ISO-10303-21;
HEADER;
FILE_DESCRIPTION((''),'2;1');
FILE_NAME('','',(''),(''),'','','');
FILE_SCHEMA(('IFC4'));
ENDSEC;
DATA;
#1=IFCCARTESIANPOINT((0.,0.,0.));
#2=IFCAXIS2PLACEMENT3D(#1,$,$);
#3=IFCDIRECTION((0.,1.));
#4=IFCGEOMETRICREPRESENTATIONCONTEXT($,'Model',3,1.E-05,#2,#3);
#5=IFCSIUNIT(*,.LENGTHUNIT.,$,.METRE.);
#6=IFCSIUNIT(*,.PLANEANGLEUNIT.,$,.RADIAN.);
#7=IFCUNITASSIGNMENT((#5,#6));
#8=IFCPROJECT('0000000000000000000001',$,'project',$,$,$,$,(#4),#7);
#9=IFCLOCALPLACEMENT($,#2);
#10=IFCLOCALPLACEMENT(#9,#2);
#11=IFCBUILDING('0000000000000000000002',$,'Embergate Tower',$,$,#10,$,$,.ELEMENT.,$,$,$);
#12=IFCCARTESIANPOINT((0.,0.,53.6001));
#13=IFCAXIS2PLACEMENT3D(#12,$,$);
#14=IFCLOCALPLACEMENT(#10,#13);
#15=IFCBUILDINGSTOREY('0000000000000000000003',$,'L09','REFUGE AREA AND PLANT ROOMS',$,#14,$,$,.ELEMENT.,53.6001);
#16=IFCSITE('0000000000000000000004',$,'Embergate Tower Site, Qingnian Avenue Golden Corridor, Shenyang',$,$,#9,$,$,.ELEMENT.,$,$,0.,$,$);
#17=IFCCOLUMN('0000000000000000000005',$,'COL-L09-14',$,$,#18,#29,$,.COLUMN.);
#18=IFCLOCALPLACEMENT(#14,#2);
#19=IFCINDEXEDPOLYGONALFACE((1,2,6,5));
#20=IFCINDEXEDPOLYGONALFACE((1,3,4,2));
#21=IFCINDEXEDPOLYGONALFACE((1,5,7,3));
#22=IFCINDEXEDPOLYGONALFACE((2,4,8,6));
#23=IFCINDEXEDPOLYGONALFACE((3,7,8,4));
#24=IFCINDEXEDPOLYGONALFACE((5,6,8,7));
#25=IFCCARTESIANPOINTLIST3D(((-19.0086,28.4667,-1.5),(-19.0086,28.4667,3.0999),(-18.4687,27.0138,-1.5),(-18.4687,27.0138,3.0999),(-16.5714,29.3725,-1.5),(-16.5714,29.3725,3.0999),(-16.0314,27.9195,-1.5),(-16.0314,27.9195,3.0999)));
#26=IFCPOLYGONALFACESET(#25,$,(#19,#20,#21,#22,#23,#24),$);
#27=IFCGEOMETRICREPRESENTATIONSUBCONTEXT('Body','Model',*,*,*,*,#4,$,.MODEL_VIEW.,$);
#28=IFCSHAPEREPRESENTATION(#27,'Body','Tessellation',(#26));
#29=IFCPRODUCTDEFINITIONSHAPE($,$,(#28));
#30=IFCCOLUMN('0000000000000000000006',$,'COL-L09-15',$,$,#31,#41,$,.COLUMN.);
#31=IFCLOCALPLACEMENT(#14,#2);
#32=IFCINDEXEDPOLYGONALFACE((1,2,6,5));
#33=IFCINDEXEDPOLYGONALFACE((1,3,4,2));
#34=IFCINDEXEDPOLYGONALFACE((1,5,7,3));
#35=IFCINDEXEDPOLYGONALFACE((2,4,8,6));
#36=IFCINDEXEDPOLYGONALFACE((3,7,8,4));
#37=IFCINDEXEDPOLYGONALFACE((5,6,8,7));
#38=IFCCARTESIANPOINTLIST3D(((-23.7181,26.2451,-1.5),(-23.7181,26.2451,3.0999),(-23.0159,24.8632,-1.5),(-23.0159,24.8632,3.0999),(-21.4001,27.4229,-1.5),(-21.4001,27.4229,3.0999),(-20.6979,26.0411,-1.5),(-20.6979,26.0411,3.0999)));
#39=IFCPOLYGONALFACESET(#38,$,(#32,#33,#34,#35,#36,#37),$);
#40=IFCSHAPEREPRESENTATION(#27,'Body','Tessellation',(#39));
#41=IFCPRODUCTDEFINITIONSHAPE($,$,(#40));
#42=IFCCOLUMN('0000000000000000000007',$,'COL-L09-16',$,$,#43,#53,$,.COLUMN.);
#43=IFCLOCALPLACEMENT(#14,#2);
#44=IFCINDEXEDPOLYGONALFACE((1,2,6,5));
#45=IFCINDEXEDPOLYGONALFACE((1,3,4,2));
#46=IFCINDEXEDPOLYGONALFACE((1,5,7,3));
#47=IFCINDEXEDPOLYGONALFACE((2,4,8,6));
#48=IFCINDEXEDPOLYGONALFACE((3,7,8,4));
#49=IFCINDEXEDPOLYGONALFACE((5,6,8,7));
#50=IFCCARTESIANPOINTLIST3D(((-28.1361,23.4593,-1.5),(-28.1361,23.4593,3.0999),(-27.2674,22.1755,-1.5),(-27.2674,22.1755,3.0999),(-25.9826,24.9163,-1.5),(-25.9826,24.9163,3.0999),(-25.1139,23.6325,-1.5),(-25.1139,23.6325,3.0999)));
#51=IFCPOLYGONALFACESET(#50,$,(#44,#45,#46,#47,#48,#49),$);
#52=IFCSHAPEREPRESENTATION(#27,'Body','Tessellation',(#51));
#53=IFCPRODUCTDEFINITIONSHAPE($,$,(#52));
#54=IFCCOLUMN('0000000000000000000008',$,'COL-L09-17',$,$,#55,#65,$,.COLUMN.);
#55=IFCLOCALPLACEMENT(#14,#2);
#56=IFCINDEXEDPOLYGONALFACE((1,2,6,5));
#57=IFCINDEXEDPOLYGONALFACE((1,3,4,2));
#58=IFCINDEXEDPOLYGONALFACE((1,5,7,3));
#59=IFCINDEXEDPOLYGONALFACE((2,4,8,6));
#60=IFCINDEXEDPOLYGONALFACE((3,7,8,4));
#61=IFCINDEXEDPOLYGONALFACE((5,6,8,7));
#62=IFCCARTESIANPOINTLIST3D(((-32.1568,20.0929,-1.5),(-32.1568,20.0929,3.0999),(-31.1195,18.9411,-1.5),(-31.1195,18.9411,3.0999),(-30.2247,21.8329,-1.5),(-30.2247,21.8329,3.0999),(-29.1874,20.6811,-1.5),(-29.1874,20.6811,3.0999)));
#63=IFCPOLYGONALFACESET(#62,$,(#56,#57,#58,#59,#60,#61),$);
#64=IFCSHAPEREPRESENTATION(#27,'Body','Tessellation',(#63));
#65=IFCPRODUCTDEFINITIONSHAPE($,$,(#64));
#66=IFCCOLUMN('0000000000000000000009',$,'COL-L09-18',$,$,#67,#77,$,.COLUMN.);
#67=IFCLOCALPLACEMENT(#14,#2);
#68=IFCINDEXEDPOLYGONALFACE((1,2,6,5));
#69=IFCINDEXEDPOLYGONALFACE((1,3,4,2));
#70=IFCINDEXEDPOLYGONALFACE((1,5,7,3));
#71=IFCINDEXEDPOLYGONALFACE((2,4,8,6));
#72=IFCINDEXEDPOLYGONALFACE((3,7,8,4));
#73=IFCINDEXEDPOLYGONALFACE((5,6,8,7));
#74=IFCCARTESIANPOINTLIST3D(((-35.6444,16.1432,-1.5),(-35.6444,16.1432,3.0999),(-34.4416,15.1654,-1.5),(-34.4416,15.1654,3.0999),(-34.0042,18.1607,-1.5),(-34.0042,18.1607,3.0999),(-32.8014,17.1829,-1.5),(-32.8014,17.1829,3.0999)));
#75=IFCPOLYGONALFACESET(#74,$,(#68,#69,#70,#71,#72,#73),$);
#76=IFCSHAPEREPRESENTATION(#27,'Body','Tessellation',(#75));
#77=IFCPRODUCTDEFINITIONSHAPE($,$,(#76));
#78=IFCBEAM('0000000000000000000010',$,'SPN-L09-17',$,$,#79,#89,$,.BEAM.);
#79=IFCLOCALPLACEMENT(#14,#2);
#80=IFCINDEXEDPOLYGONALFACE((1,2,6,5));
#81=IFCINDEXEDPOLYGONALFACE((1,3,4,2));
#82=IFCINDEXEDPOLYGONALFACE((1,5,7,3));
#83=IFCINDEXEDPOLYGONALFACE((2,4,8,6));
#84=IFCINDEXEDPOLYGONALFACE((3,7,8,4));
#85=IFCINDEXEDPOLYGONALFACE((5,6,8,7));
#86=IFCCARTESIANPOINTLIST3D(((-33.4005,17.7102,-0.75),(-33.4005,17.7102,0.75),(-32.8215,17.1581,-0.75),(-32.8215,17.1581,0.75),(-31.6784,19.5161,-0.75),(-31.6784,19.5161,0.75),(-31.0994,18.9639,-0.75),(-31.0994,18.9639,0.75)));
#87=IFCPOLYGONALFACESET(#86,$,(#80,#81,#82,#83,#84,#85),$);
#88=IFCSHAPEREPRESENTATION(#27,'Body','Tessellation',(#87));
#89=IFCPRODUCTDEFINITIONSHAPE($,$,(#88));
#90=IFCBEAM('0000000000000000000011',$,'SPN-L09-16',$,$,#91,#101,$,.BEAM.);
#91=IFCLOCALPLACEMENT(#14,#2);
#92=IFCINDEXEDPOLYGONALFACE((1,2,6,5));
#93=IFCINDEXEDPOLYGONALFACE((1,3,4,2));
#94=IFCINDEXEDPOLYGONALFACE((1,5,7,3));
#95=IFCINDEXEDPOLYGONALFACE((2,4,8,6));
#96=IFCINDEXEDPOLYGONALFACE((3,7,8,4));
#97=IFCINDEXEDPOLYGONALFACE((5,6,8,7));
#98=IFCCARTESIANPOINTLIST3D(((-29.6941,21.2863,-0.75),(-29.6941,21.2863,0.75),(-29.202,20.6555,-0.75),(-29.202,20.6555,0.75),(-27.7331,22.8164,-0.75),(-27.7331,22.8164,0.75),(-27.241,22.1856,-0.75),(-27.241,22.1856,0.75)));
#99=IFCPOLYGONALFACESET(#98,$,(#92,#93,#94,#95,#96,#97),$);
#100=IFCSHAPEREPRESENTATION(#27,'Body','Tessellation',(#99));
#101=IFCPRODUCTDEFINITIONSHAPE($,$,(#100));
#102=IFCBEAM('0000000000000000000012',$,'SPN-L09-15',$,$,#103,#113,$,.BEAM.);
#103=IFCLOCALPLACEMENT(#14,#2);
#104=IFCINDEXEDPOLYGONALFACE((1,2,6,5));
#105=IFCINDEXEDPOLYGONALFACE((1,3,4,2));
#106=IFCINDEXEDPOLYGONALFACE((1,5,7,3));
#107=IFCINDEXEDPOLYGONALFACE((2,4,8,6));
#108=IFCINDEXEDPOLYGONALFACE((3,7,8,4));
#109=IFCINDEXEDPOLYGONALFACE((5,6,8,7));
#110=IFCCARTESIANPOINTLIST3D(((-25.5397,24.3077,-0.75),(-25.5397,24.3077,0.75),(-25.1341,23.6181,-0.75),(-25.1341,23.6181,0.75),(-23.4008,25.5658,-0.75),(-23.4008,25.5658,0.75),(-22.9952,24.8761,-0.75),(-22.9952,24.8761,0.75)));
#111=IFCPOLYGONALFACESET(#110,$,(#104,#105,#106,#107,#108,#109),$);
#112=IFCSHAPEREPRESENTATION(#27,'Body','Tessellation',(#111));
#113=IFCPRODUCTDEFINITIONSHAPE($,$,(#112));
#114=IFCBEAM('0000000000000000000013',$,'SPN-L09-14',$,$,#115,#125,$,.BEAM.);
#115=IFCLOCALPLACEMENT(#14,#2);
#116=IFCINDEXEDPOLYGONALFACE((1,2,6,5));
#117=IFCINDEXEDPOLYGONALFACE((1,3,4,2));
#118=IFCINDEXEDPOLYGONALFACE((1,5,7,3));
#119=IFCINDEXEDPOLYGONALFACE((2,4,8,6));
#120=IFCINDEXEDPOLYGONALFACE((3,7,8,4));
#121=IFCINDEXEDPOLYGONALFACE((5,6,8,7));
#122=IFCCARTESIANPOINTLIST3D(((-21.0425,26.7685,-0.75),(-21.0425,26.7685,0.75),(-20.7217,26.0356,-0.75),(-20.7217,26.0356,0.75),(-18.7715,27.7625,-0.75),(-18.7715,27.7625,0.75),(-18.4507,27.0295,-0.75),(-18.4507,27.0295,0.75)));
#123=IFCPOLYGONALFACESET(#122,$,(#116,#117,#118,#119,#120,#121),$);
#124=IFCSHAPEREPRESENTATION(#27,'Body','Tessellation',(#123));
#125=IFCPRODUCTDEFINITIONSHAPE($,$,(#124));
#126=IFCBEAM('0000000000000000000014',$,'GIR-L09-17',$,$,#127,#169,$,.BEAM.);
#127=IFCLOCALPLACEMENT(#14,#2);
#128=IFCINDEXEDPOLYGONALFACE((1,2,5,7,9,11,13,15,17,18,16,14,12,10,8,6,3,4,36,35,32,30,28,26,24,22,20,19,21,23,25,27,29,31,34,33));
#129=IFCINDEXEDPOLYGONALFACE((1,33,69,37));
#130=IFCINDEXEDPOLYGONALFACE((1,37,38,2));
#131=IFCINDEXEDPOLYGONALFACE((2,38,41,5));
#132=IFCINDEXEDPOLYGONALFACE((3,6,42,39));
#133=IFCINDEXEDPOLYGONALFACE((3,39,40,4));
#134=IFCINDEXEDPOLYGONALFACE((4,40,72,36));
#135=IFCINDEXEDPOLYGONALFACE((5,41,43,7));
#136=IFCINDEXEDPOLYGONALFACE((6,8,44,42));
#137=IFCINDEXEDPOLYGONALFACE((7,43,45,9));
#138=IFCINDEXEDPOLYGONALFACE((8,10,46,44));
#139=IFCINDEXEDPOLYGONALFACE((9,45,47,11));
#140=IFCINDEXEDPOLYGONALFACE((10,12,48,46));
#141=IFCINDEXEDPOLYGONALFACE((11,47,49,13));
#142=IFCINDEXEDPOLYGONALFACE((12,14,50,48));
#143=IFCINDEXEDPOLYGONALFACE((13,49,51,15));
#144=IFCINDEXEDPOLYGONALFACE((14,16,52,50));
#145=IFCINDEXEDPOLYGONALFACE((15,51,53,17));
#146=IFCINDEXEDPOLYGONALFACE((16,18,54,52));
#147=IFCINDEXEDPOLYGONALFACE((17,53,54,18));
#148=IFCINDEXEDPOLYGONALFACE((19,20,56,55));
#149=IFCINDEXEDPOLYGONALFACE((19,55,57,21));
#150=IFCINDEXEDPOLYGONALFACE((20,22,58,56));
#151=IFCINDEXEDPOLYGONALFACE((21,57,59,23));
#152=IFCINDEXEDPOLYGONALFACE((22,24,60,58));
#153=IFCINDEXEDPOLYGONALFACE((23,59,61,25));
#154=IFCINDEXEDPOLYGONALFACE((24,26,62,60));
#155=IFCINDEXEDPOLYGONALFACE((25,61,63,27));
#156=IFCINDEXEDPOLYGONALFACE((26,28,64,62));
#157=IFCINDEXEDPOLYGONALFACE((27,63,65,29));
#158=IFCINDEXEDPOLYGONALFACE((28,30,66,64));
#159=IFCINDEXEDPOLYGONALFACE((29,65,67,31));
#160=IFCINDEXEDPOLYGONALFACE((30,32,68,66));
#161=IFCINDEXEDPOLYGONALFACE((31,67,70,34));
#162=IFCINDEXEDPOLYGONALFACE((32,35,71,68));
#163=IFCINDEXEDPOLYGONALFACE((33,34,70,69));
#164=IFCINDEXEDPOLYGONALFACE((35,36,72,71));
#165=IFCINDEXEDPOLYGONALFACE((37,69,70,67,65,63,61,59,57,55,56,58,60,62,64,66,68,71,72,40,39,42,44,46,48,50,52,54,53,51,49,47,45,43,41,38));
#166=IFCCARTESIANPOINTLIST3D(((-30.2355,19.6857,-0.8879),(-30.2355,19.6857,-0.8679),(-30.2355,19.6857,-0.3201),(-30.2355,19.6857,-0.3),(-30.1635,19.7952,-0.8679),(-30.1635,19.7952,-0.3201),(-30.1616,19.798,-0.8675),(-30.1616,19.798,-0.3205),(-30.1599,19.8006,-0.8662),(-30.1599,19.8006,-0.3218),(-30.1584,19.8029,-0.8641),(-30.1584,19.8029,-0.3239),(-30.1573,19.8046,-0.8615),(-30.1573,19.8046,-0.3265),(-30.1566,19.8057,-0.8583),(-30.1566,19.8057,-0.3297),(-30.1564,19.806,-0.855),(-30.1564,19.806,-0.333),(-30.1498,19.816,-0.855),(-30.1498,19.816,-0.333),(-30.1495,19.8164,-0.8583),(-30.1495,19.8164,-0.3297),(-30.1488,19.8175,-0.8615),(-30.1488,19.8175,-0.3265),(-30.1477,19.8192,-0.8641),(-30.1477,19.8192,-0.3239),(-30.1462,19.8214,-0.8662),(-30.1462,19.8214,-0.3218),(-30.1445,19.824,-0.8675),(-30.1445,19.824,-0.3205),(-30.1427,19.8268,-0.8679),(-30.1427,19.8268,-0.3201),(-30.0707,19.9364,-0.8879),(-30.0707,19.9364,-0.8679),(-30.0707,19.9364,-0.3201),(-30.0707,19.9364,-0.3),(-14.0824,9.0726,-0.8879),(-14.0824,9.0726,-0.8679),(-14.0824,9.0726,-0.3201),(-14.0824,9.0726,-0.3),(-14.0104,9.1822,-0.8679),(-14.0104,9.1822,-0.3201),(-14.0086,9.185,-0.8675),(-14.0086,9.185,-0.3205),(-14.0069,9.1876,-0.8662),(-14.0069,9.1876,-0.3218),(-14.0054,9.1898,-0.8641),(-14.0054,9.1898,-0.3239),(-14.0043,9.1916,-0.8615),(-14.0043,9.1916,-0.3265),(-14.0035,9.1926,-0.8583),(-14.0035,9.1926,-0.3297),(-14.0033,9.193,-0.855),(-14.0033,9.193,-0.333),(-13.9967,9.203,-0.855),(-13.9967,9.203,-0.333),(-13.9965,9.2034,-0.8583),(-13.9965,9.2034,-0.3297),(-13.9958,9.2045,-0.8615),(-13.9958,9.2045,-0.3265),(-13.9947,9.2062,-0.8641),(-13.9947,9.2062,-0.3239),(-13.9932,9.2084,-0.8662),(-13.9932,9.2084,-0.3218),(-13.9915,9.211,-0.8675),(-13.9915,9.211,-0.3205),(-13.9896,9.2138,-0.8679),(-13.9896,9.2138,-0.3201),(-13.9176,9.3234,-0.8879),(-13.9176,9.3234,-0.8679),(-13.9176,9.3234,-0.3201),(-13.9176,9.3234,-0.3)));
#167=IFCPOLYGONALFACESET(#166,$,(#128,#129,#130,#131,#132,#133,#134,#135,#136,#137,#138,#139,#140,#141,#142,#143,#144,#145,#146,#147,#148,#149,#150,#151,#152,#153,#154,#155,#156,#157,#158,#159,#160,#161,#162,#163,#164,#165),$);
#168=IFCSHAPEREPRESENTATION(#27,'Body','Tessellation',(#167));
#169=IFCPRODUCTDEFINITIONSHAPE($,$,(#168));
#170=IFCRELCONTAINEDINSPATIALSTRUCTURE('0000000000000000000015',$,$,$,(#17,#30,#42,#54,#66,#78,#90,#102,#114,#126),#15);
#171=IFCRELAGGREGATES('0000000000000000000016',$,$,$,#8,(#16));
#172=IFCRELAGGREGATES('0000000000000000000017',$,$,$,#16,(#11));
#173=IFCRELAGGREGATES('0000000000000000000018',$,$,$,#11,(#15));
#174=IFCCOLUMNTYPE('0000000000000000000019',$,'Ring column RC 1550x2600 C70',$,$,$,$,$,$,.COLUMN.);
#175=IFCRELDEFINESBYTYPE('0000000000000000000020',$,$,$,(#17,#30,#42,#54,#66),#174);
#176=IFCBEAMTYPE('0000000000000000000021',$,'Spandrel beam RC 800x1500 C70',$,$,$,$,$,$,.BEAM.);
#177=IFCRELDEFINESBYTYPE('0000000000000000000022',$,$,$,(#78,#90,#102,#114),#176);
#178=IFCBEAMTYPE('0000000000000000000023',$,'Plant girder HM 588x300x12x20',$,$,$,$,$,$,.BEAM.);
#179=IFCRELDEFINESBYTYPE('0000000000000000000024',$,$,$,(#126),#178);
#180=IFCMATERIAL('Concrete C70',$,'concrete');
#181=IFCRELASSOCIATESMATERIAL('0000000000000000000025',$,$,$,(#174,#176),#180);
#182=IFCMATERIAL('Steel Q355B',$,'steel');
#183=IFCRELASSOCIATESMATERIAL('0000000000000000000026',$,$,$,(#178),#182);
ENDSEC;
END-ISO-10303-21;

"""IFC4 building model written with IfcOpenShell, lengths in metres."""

from ifc_helpers import new_model, si_unit, direction, frame, origin, origin_2d, place, context, subcontext, project, spatial, rectangle, i_section, extrude, source, transform, mapped, material, material_profile, profile_set, type_object, element, save


model = new_model("IFC4")

# Units and contexts
model_context = context("Model", 3, precision=1e-05, world=origin(), true_north=direction((0.0, 1.0)))
body_context = subcontext(model_context, "Body", "Model", "MODEL_VIEW")
ifc_project = project(units=[si_unit("LENGTHUNIT", "METRE"), si_unit("PLANEANGLEUNIT", "RADIAN")], contexts=[model_context])

# Site, building, storey
site_placement = place(None, origin())
site = spatial("IfcSite", under=ifc_project, at=site_placement, Name="Embergate Tower Site, Qingnian Avenue Golden Corridor, Shenyang", CompositionType="ELEMENT", RefElevation=0.0)
building_placement = place(site_placement, origin())
building = spatial("IfcBuilding", under=site, at=building_placement, Name="Embergate Tower", CompositionType="ELEMENT")
storey_placement = place(building_placement, frame((0.0, 0.0, 53.6001)))
storey = spatial("IfcBuildingStorey", under=building, at=storey_placement, Name="L09", Description="REFUGE AREA AND PLANT ROOMS", CompositionType="ELEMENT", Elevation=53.6001)

# Columns
ifc_material_1 = material(Name="Concrete C70", Category="concrete")
ifc_material_profile_1 = material_profile(ifc_material_1, rectangle(XDim=1.55, YDim=2.6001, at=origin_2d()), Name="RC 1550x2600")
ifc_profile_set_1 = profile_set([ifc_material_profile_1], Name="Concrete C70")
column_type = type_object("IfcColumnType", Name="Ring column RC 1550x2600 C70", PredefinedType="COLUMN", material=ifc_profile_set_1)
shared_shape_1 = source(origin(), body_context, "Body", "SweptSolid", [
    extrude(rectangle(XDim=1.55, YDim=2.6001, at=origin_2d()), origin(), (0.0, 0.0, 1.0), 4.5999),
])
for number, where, z_axis, x_axis, name in (
    (1, (-17.52, 28.1931, -1.5), (0.0, 0.0, 1.0), (-0.348343, 0.937367, 0.0), "COL-L09-14"),
    (2, (-22.208, 26.1431, -1.5), (0.0, 0.0, 1.0), (-0.453011, 0.891505, 0.0), "COL-L09-15"),
    (3, (-26.625, 23.5459, -1.5), (0.0, 0.0, 1.0), (-0.560393, 0.828227, 0.0), "COL-L09-16"),
    (4, (-30.6721, 20.387, -1.5), (0.0, 0.0, 1.0), (-0.669208, 0.743075, 0.0), "COL-L09-17"),
    (5, (-34.2229, 16.6631, -1.5), (0.0, 0.0, 1.0), (-0.775925, 0.630825, 0.0), "COL-L09-18"),
):
    element("IfcColumn", number, at=place(storey_placement, frame(where, z_axis=z_axis, x_axis=x_axis)), inside=storey, type_object=column_type, Name=name, PredefinedType="COLUMN", context=body_context, shape_type="MappedRepresentation", body=[
        mapped(shared_shape_1, transform((0.0, 0.0, 0.0))),
    ])

# Beams
ifc_material_profile_2 = material_profile(ifc_material_1, rectangle(XDim=0.8, YDim=1.5, at=origin_2d()), Name="RC 800x1500")
ifc_profile_set_2 = profile_set([ifc_material_profile_2], Name="Concrete C70")
beam_type_1 = type_object("IfcBeamType", Name="Spandrel beam RC 800x1500 C70", PredefinedType="BEAM", material=ifc_profile_set_2)
shared_shape_2 = source(origin(), body_context, "Body", "SweptSolid", [
    extrude(rectangle(XDim=0.8, YDim=1.5, at=origin_2d()), origin(), (0.0, 0.0, 1.0), 2.4954),
])
beam_1_placement = place(storey_placement, frame((-31.3889, 19.24, 0.0), z_axis=(-0.690129, -0.723686, 0.0), x_axis=(0.723686, -0.690129, 0.0)))
element("IfcBeam", 6, at=beam_1_placement, inside=storey, type_object=beam_type_1, Name="SPN-L09-17", PredefinedType="BEAM", context=body_context, shape_type="MappedRepresentation", body=[
    mapped(shared_shape_2, transform((0.0, 0.0, 0.0))),
])
shared_shape_3 = source(origin(), body_context, "Body", "SweptSolid", [
    extrude(rectangle(XDim=0.8, YDim=1.5, at=origin_2d()), origin(), (0.0, 0.0, 1.0), 2.4873),
])
beam_2_placement = place(storey_placement, frame((-27.4871, 22.501, 0.0), z_axis=(-0.788405, -0.615156, 0.0), x_axis=(0.615156, -0.788405, 0.0)))
element("IfcBeam", 7, at=beam_2_placement, inside=storey, type_object=beam_type_1, Name="SPN-L09-16", PredefinedType="BEAM", context=body_context, shape_type="MappedRepresentation", body=[
    mapped(shared_shape_3, transform((0.0, 0.0, 0.0))),
])
shared_shape_4 = source(origin(), body_context, "Body", "SweptSolid", [
    extrude(rectangle(XDim=0.8, YDim=1.5, at=origin_2d()), origin(), (0.0, 0.0, 1.0), 2.4814),
])
beam_3_placement = place(storey_placement, frame((-23.198, 25.2209, 0.0), z_axis=(-0.861957, -0.506981, 0.0), x_axis=(0.506981, -0.861957, 0.0)))
element("IfcBeam", 8, at=beam_3_placement, inside=storey, type_object=beam_type_1, Name="SPN-L09-15", PredefinedType="BEAM", context=body_context, shape_type="MappedRepresentation", body=[
    mapped(shared_shape_4, transform((0.0, 0.0, 0.0))),
])
shared_shape_5 = source(origin(), body_context, "Body", "SweptSolid", [
    extrude(rectangle(XDim=0.8, YDim=1.5, at=origin_2d()), origin(), (0.0, 0.0, 1.0), 2.479),
])
beam_4_placement = place(storey_placement, frame((-18.6111, 27.396, 0.0), z_axis=(-0.916108, -0.400932, 0.0), x_axis=(0.400932, -0.916108, 0.0)))
element("IfcBeam", 9, at=beam_4_placement, inside=storey, type_object=beam_type_1, Name="SPN-L09-14", PredefinedType="BEAM", context=body_context, shape_type="MappedRepresentation", body=[
    mapped(shared_shape_5, transform((0.0, 0.0, 0.0))),
])
ifc_material_2 = material(Name="Steel Q355B", Category="steel")
ifc_material_profile_3 = material_profile(ifc_material_2, i_section(OverallWidth=0.3, OverallDepth=0.5879, WebThickness=0.012, FlangeThickness=0.02, FilletRadius=0.0129, at=origin_2d()), Name="HM 588x300x12x20")
ifc_profile_set_3 = profile_set([ifc_material_profile_3], Name="Steel Q355 grade B")
beam_type_2 = type_object("IfcBeamType", Name="Plant girder HM 588x300x12x20", PredefinedType="BEAM", material=ifc_profile_set_3)
shared_shape_6 = source(origin(), body_context, "Body", "SweptSolid", [
    extrude(i_section(OverallWidth=0.3, OverallDepth=0.5879, WebThickness=0.012, FlangeThickness=0.02, FilletRadius=0.0129, at=origin_2d()), origin(), (0.0, 0.0, 1.0), 19.3276),
])
beam_5_placement = place(storey_placement, frame((-30.1531, 19.811, -0.594), z_axis=(0.835749, -0.549111, 0.0), x_axis=(0.549111, 0.835749, 0.0)))
element("IfcBeam", 10, at=beam_5_placement, inside=storey, type_object=beam_type_2, Name="GIR-L09-17", PredefinedType="BEAM", context=body_context, shape_type="MappedRepresentation", body=[
    mapped(shared_shape_6, transform((0.0, 0.0, 0.0))),
])

save(model, "model.ifc")
